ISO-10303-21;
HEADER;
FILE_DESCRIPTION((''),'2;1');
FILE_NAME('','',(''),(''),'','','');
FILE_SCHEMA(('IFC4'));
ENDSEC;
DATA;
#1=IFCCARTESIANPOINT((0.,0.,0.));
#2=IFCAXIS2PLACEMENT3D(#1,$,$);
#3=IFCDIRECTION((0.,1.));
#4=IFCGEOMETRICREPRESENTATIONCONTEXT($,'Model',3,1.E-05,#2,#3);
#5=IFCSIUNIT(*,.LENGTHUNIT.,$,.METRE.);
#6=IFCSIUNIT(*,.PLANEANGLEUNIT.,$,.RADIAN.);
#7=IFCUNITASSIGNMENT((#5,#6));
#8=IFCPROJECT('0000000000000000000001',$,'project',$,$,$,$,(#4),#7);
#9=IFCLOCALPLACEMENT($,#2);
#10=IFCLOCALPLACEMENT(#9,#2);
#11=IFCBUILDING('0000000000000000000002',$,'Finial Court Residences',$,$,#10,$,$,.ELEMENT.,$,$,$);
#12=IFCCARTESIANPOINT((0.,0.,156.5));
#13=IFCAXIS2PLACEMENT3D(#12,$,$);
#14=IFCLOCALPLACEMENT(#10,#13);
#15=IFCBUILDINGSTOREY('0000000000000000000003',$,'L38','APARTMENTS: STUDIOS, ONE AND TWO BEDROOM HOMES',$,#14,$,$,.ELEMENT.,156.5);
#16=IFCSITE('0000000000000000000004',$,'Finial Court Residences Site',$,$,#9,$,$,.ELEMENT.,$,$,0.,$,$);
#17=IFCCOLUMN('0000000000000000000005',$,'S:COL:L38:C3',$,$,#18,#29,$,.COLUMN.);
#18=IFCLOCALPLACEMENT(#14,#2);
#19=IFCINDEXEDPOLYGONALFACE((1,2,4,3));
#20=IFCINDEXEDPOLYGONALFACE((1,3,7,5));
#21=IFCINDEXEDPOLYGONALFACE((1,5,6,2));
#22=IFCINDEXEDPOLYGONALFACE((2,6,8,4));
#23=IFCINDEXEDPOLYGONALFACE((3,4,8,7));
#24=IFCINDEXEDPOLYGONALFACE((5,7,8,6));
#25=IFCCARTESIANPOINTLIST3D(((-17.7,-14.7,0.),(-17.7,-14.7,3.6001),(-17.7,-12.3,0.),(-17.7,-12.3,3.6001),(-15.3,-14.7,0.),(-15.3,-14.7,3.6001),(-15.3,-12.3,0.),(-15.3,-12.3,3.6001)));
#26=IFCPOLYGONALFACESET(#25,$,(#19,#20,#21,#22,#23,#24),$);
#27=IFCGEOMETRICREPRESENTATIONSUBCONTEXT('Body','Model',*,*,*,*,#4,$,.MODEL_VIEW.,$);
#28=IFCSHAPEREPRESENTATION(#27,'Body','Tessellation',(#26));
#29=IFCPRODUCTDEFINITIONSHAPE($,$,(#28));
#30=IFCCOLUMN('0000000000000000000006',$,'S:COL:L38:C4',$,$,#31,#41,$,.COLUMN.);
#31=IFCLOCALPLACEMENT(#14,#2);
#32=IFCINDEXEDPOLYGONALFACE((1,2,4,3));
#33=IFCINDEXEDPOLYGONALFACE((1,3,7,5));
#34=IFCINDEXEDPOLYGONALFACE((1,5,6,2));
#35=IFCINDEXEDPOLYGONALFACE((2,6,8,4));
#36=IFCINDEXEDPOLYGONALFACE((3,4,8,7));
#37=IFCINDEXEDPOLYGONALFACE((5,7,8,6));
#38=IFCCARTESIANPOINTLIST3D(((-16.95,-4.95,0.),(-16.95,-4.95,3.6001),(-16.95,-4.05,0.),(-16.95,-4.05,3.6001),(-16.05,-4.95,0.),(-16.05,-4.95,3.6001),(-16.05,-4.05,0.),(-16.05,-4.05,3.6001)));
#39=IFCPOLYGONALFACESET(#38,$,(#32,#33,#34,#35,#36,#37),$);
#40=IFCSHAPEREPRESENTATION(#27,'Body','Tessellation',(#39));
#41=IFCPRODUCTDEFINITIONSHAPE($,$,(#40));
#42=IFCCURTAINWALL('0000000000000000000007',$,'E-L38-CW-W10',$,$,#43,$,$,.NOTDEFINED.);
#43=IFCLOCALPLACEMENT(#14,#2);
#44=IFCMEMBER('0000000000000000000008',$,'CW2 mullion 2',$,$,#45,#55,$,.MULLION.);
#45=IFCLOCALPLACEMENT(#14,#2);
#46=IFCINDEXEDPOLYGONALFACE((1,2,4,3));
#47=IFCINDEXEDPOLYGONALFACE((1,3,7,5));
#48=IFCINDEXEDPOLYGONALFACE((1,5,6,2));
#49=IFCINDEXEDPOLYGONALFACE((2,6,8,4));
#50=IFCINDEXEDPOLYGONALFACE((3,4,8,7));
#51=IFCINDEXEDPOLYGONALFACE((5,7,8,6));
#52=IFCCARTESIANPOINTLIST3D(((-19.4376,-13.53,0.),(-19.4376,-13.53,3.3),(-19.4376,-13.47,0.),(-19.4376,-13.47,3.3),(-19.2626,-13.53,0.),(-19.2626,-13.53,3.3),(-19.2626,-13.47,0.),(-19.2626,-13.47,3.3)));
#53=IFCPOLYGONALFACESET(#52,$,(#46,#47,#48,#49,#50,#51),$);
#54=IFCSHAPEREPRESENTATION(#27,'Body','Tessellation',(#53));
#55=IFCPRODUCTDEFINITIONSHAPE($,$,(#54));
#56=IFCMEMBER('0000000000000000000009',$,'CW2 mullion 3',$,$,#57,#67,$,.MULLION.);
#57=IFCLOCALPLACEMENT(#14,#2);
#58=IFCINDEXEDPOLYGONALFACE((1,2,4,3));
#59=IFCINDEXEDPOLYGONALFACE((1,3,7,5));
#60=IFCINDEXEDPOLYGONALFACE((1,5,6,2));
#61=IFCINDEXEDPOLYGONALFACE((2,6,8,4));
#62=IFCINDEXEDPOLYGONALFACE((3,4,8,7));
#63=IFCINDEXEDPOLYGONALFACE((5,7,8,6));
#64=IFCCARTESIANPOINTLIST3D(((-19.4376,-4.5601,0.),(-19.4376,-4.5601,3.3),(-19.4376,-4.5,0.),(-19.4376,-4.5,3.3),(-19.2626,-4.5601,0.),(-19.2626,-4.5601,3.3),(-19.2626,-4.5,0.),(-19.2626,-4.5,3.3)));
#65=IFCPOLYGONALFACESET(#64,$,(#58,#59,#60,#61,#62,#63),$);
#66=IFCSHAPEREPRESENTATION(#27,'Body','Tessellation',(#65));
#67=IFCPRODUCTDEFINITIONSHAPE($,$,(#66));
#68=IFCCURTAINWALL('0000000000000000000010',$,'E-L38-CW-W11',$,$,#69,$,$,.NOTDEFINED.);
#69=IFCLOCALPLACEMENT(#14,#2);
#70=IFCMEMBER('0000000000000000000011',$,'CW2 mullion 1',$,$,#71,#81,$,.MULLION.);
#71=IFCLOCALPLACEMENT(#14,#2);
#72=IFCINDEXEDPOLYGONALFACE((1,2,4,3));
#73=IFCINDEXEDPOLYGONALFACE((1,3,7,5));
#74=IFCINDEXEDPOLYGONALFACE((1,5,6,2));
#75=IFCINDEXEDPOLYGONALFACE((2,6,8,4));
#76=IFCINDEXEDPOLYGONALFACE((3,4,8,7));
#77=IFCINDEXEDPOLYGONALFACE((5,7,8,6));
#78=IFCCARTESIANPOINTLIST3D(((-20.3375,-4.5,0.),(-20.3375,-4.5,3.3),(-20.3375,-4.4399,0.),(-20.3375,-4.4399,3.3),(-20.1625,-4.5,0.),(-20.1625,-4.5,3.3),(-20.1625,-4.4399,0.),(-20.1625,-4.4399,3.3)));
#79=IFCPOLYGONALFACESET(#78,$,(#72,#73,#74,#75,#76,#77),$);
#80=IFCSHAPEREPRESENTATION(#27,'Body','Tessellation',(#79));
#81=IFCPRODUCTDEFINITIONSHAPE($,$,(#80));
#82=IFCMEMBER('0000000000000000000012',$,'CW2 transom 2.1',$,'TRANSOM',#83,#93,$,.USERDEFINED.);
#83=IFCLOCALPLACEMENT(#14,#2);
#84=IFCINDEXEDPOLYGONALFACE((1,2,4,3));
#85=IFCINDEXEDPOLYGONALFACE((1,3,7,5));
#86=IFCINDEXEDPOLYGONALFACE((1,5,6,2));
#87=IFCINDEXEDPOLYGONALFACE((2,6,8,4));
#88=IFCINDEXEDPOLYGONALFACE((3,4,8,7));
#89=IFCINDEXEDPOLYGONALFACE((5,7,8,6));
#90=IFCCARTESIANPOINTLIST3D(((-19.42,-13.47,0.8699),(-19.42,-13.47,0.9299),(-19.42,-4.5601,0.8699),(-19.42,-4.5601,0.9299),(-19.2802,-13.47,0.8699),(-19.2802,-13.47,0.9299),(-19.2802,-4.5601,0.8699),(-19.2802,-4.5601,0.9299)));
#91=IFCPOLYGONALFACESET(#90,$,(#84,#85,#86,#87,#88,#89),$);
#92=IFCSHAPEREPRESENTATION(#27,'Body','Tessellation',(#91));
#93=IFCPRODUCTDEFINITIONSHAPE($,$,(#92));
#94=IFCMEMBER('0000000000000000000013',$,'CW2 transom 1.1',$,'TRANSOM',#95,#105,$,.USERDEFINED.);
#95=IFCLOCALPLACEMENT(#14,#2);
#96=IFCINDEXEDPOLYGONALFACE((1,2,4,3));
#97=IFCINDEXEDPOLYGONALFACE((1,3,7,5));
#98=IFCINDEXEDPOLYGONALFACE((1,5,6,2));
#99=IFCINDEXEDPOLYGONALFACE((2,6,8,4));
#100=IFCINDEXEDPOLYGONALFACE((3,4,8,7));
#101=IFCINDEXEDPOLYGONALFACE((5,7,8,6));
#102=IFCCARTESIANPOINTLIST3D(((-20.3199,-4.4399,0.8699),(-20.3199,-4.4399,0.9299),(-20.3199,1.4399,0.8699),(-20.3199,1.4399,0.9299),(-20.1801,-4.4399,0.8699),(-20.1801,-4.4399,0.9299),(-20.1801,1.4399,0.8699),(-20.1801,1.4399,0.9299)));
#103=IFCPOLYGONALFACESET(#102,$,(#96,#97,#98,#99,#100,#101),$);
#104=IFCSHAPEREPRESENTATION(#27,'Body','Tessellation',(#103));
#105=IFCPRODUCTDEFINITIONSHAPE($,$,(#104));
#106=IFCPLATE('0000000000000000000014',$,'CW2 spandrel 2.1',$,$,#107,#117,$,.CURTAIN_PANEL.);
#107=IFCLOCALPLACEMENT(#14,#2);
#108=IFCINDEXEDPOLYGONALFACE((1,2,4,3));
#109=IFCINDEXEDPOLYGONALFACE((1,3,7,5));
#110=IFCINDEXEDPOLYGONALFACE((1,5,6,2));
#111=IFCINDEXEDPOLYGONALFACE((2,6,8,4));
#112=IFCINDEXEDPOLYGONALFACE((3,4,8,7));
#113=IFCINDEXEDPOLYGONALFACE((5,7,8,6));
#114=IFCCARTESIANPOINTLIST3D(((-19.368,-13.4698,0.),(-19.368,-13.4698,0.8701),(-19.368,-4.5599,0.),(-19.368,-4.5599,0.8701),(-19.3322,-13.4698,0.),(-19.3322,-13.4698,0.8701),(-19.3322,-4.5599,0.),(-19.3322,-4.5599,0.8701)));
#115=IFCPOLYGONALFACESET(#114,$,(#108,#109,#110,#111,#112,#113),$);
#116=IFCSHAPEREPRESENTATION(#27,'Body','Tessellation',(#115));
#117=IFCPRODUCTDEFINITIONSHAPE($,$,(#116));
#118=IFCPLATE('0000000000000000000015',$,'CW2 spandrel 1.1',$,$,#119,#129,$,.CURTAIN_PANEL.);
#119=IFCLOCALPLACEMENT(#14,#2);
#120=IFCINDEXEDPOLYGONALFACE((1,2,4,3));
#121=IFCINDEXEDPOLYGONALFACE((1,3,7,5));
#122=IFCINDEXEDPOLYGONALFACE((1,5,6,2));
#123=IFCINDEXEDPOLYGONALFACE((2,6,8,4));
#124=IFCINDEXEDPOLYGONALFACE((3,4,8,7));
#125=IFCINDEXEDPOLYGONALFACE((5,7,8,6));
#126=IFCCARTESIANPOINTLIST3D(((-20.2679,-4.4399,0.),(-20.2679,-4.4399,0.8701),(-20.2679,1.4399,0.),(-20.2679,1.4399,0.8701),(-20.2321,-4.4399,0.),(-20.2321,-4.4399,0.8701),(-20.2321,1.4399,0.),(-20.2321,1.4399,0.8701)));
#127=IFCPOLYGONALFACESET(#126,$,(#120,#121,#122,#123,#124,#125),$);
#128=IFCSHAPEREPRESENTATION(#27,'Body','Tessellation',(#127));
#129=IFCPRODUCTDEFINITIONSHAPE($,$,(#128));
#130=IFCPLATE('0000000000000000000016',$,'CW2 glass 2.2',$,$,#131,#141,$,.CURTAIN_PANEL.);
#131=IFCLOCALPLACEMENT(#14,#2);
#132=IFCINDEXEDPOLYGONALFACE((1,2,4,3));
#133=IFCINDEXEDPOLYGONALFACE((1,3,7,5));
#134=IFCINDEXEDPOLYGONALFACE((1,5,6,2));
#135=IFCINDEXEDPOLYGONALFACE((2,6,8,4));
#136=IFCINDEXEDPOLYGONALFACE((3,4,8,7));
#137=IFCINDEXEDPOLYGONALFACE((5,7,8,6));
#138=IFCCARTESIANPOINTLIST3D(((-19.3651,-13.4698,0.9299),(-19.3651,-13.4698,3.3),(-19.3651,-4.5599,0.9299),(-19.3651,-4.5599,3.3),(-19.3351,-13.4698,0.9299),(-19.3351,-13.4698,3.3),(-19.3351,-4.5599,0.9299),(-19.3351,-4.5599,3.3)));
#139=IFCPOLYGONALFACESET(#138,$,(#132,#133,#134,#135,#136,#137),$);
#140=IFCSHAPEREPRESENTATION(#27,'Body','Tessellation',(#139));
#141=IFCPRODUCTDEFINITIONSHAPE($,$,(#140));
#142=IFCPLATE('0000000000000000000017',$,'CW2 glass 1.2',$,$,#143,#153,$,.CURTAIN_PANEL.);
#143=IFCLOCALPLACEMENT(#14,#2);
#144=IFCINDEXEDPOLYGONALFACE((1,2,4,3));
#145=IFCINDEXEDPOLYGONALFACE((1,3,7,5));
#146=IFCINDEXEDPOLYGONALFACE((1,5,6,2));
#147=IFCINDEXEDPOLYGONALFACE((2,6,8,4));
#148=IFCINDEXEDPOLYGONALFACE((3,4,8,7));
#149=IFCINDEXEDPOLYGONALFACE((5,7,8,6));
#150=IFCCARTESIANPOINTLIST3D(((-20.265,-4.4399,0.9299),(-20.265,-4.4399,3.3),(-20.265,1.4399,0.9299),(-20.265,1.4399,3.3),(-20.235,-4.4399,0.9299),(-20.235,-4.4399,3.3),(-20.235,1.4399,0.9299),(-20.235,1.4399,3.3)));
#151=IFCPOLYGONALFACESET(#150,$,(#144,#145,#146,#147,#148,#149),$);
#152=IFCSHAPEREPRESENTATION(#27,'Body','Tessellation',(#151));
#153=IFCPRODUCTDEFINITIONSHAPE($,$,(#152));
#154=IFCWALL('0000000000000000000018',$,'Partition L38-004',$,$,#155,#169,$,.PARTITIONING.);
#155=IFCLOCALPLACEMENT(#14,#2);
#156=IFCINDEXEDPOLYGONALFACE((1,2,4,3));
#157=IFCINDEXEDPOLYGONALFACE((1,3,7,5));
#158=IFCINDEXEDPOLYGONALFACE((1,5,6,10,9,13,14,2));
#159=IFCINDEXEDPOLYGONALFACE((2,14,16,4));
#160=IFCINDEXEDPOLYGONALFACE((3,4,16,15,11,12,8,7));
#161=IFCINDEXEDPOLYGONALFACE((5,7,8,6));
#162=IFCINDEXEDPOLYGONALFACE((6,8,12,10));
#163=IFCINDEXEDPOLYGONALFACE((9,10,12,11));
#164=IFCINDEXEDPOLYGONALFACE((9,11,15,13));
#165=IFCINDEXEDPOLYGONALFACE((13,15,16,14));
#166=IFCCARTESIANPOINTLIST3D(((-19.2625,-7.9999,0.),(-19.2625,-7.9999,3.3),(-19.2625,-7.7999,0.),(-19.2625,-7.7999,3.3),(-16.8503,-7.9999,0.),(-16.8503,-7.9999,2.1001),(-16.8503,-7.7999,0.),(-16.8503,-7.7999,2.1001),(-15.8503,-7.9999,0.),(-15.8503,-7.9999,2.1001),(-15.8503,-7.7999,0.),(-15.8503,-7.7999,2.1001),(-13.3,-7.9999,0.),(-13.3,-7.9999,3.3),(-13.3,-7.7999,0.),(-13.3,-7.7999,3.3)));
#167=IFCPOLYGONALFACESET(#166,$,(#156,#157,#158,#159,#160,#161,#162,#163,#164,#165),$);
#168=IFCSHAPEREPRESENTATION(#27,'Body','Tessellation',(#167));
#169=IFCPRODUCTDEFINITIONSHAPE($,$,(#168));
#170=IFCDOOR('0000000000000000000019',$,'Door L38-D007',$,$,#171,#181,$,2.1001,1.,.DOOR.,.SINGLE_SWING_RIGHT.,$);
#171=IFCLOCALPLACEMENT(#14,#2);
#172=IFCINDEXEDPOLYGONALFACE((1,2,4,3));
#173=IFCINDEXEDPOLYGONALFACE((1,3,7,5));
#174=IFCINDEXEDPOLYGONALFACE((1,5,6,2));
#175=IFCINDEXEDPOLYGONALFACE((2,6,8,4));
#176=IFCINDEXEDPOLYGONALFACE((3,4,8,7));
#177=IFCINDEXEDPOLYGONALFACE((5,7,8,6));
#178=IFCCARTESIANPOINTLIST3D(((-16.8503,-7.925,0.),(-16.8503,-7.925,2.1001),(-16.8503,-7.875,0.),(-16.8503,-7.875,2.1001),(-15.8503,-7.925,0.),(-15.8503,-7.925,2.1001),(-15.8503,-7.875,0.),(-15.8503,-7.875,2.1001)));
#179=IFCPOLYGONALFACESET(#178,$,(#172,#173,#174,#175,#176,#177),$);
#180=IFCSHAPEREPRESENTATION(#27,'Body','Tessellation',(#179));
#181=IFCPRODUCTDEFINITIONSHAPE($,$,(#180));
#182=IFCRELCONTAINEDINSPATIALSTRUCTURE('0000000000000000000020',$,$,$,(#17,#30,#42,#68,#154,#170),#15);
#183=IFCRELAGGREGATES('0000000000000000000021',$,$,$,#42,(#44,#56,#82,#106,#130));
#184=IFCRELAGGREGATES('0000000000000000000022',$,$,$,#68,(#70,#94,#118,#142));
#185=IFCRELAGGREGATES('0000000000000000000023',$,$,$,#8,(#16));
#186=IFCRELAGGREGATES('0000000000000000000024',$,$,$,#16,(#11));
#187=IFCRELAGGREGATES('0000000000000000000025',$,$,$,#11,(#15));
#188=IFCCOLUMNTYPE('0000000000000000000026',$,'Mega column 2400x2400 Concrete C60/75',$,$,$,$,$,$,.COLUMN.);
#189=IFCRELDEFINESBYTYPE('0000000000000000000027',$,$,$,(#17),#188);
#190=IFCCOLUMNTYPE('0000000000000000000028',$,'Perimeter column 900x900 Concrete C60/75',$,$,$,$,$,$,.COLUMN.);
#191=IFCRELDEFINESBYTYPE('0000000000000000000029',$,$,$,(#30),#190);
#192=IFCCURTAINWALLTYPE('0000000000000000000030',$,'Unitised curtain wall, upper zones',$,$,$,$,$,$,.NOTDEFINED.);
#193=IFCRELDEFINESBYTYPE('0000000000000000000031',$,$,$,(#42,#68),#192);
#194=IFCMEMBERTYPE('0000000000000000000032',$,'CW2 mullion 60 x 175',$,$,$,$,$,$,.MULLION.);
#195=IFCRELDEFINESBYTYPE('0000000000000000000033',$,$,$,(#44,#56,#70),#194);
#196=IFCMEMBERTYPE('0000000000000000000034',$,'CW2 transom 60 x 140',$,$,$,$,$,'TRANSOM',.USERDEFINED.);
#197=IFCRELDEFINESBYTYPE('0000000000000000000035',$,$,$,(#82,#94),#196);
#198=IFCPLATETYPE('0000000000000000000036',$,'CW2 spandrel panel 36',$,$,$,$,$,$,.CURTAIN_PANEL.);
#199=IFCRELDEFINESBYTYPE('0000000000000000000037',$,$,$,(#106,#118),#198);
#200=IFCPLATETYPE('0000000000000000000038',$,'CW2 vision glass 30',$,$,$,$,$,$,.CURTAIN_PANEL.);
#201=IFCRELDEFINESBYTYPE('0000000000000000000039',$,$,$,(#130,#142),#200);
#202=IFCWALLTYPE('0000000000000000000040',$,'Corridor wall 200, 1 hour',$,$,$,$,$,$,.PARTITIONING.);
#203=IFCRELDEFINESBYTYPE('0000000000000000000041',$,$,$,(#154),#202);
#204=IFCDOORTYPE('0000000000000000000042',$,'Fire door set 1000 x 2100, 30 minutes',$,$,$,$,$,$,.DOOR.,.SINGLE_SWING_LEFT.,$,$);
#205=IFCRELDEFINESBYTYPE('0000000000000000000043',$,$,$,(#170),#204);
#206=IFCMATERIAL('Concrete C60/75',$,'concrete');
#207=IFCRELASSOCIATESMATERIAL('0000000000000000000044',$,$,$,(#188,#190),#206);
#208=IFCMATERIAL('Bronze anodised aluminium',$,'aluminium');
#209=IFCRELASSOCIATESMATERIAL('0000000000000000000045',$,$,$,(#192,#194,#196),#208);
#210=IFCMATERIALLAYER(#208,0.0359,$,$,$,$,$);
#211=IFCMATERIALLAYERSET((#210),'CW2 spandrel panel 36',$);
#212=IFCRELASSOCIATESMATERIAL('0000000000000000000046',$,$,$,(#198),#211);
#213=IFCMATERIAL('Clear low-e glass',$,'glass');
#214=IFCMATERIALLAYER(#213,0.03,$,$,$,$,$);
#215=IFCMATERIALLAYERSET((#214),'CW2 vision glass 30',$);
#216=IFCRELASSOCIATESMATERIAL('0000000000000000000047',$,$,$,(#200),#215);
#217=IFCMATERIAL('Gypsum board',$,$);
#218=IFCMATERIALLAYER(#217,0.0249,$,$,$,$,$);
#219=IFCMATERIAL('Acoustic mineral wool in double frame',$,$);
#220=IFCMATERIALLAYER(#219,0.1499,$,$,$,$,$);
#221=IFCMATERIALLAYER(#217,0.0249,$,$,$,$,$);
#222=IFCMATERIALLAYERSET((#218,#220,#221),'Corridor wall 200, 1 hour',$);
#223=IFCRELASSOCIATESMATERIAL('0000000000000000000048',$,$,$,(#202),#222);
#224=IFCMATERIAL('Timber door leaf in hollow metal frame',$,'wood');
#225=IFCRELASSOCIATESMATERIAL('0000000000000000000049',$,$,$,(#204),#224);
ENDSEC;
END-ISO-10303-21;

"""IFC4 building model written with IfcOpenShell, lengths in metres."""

from ifc_helpers import new_model, si_unit, direction, frame, frame_2d, origin, origin_2d, place, context, subcontext, project, spatial, rectangle, extrude, material, layer, layer_set, material_profile, profile_set, type_object, element, fill, aggregate, save


model = new_model("IFC4")

# Units and contexts
model_context = context("Model", 3, precision=1e-05, world=origin(), true_north=direction((0.0, 1.0)))
body_context = subcontext(model_context, "Body", "Model", "MODEL_VIEW")
ifc_project = project(units=[si_unit("LENGTHUNIT", "METRE"), si_unit("PLANEANGLEUNIT", "RADIAN")], contexts=[model_context])

# Site, building, storey
site_placement = place(None, origin())
site = spatial("IfcSite", under=ifc_project, at=site_placement, Name="Finial Court Residences Site", CompositionType="ELEMENT", RefElevation=0.0)
building_placement = place(site_placement, origin())
building = spatial("IfcBuilding", under=site, at=building_placement, Name="Finial Court Residences", CompositionType="ELEMENT")
storey_placement = place(building_placement, frame((0.0, 0.0, 156.5)))
storey = spatial("IfcBuildingStorey", under=building, at=storey_placement, Name="L38", Description="APARTMENTS: STUDIOS, ONE AND TWO BEDROOM HOMES", CompositionType="ELEMENT", Elevation=156.5)

# Columns
ifc_material_1 = material(Name="Concrete C60/75", Category="concrete")
ifc_material_profile_1 = material_profile(ifc_material_1, rectangle(XDim=2.3999, YDim=2.3999, at=origin_2d()), Name="2400x2400")
ifc_profile_set_1 = profile_set([ifc_material_profile_1], Name="Concrete C60/75")
column_type_1 = type_object("IfcColumnType", Name="Mega column 2400x2400 Concrete C60/75", PredefinedType="COLUMN", material=ifc_profile_set_1)
column_1_placement = place(storey_placement, frame((-16.5, -13.5, 0.0), z_axis=(0.0, 0.0, 1.0), x_axis=(1.0, 0.0, 0.0)))
element("IfcColumn", 1, at=column_1_placement, inside=storey, type_object=column_type_1, Name="S:COL:L38:C3", PredefinedType="COLUMN", context=body_context, shape_type="SweptSolid", body=[
    extrude(rectangle(XDim=2.3999, YDim=2.3999, at=origin_2d()), origin(), (0.0, 0.0, 1.0), 3.6001),
])
ifc_material_profile_2 = material_profile(ifc_material_1, rectangle(XDim=0.8999, YDim=0.8999, at=origin_2d()), Name="900x900")
ifc_profile_set_2 = profile_set([ifc_material_profile_2], Name="Concrete C60/75")
column_type_2 = type_object("IfcColumnType", Name="Perimeter column 900x900 Concrete C60/75", PredefinedType="COLUMN", material=ifc_profile_set_2)
column_2_placement = place(storey_placement, frame((-16.5, -4.5, 0.0), z_axis=(0.0, 0.0, 1.0), x_axis=(1.0, 0.0, 0.0)))
element("IfcColumn", 2, at=column_2_placement, inside=storey, type_object=column_type_2, Name="S:COL:L38:C4", PredefinedType="COLUMN", context=body_context, shape_type="SweptSolid", body=[
    extrude(rectangle(XDim=0.8999, YDim=0.8999, at=origin_2d()), origin(), (0.0, 0.0, 1.0), 3.6001),
])

# Curtain wall, members
ifc_material_2 = material(Name="Bronze anodised aluminium", Category="aluminium")
curtain_wall_type = type_object("IfcCurtainWallType", Name="Unitised curtain wall, upper zones", PredefinedType="NOTDEFINED", material=ifc_material_2)
curtain_wall_1_placement = place(storey_placement, origin())
curtain_wall_1 = element("IfcCurtainWall", 3, at=curtain_wall_1_placement, inside=storey, type_object=curtain_wall_type, Name="E-L38-CW-W10", PredefinedType="NOTDEFINED")
ifc_material_profile_3 = material_profile(ifc_material_2, rectangle(XDim=0.175, YDim=0.0601, at=origin_2d()), Name="CW2 mullion 60 x 175")
ifc_profile_set_3 = profile_set([ifc_material_profile_3], Name="Bronze anodised aluminium")
member_type_1 = type_object("IfcMemberType", Name="CW2 mullion 60 x 175", PredefinedType="MULLION", material=ifc_profile_set_3)
member_1_placement = place(storey_placement, frame((-19.3501, -13.5, 0.0), z_axis=(0.0, 0.0, 1.0), x_axis=(-1.0, 0.0, 0.0)))
member_1 = element("IfcMember", 4, at=member_1_placement, type_object=member_type_1, Name="CW2 mullion 2", PredefinedType="MULLION", context=body_context, shape_type="SweptSolid", body=[
    extrude(rectangle(XDim=0.175, YDim=0.0601, at=origin_2d()), origin(), (0.0, 0.0, 1.0), 3.3),
])
member_2_placement = place(storey_placement, frame((-19.3501, -4.53, 0.0), z_axis=(0.0, 0.0, 1.0), x_axis=(-1.0, 0.0, 0.0)))
member_2 = element("IfcMember", 5, at=member_2_placement, type_object=member_type_1, Name="CW2 mullion 3", PredefinedType="MULLION", context=body_context, shape_type="SweptSolid", body=[
    extrude(rectangle(XDim=0.175, YDim=0.0601, at=origin_2d()), origin(), (0.0, 0.0, 1.0), 3.3),
])

# Curtain wall, member
curtain_wall_2_placement = place(storey_placement, origin())
curtain_wall_2 = element("IfcCurtainWall", 6, at=curtain_wall_2_placement, inside=storey, type_object=curtain_wall_type, Name="E-L38-CW-W11", PredefinedType="NOTDEFINED")
member_3_placement = place(storey_placement, frame((-20.25, -4.47, 0.0), z_axis=(0.0, 0.0, 1.0), x_axis=(-1.0, 0.0, 0.0)))
member_3 = element("IfcMember", 7, at=member_3_placement, type_object=member_type_1, Name="CW2 mullion 1", PredefinedType="MULLION", context=body_context, shape_type="SweptSolid", body=[
    extrude(rectangle(XDim=0.175, YDim=0.0601, at=origin_2d()), origin(), (0.0, 0.0, 1.0), 3.3),
])

# Members
ifc_material_profile_4 = material_profile(ifc_material_2, rectangle(XDim=0.1399, YDim=0.0601, at=origin_2d()), Name="CW2 transom 60 x 140")
ifc_profile_set_4 = profile_set([ifc_material_profile_4], Name="Bronze anodised aluminium")
member_type_2 = type_object("IfcMemberType", Name="CW2 transom 60 x 140", ElementType="TRANSOM", PredefinedType="USERDEFINED", material=ifc_profile_set_4)
member_4_placement = place(storey_placement, frame((-19.3501, -13.47, 0.8999), z_axis=(0.0, 1.0, 0.0), x_axis=(-1.0, 0.0, 0.0)))
member_4 = element("IfcMember", 8, at=member_4_placement, type_object=member_type_2, Name="CW2 transom 2.1", ObjectType="TRANSOM", PredefinedType="USERDEFINED", context=body_context, shape_type="SweptSolid", body=[
    extrude(rectangle(XDim=0.1399, YDim=0.0601, at=origin_2d()), origin(), (0.0, 0.0, 1.0), 8.9099),
])
member_5_placement = place(storey_placement, frame((-20.25, -4.4399, 0.8999), z_axis=(0.0, 1.0, 0.0), x_axis=(-1.0, 0.0, 0.0)))
member_5 = element("IfcMember", 9, at=member_5_placement, type_object=member_type_2, Name="CW2 transom 1.1", ObjectType="TRANSOM", PredefinedType="USERDEFINED", context=body_context, shape_type="SweptSolid", body=[
    extrude(rectangle(XDim=0.1399, YDim=0.0601, at=origin_2d()), origin(), (0.0, 0.0, 1.0), 5.8799),
])

# Plates
ifc_layer_1 = layer(ifc_material_2, 0.0359)
ifc_layer_set_1 = layer_set([ifc_layer_1], Name="CW2 spandrel panel 36")
plate_type_1 = type_object("IfcPlateType", Name="CW2 spandrel panel 36", PredefinedType="CURTAIN_PANEL", material=ifc_layer_set_1)
plate_1_placement = place(storey_placement, frame((-19.3501, -9.0149, 0.0), z_axis=(0.0, 0.0, 1.0), x_axis=(0.0, 1.0, 0.0)))
plate_1 = element("IfcPlate", 10, at=plate_1_placement, type_object=plate_type_1, Name="CW2 spandrel 2.1", PredefinedType="CURTAIN_PANEL", context=body_context, shape_type="SweptSolid", body=[
    extrude(rectangle(XDim=8.9099, YDim=0.0359, at=origin_2d()), origin(), (0.0, 0.0, 1.0), 0.8701),
])
plate_2_placement = place(storey_placement, frame((-20.25, -1.5, 0.0), z_axis=(0.0, 0.0, 1.0), x_axis=(0.0, 1.0, 0.0)))
plate_2 = element("IfcPlate", 11, at=plate_2_placement, type_object=plate_type_1, Name="CW2 spandrel 1.1", PredefinedType="CURTAIN_PANEL", context=body_context, shape_type="SweptSolid", body=[
    extrude(rectangle(XDim=5.8799, YDim=0.0359, at=origin_2d()), origin(), (0.0, 0.0, 1.0), 0.8701),
])
ifc_material_3 = material(Name="Clear low-e glass", Category="glass")
ifc_layer_2 = layer(ifc_material_3, 0.03)
ifc_layer_set_2 = layer_set([ifc_layer_2], Name="CW2 vision glass 30")
plate_type_2 = type_object("IfcPlateType", Name="CW2 vision glass 30", PredefinedType="CURTAIN_PANEL", material=ifc_layer_set_2)
plate_3_placement = place(storey_placement, frame((-19.3501, -9.0149, 0.9299), z_axis=(0.0, 0.0, 1.0), x_axis=(0.0, 1.0, 0.0)))
plate_3 = element("IfcPlate", 12, at=plate_3_placement, type_object=plate_type_2, Name="CW2 glass 2.2", PredefinedType="CURTAIN_PANEL", context=body_context, shape_type="SweptSolid", body=[
    extrude(rectangle(XDim=8.9099, YDim=0.03, at=origin_2d()), origin(), (0.0, 0.0, 1.0), 2.3701),
])
aggregate(curtain_wall_1, [member_1, member_2, member_4, plate_1, plate_3])
plate_4_placement = place(storey_placement, frame((-20.25, -1.5, 0.9299), z_axis=(0.0, 0.0, 1.0), x_axis=(0.0, 1.0, 0.0)))
plate_4 = element("IfcPlate", 13, at=plate_4_placement, type_object=plate_type_2, Name="CW2 glass 1.2", PredefinedType="CURTAIN_PANEL", context=body_context, shape_type="SweptSolid", body=[
    extrude(rectangle(XDim=5.8799, YDim=0.03, at=origin_2d()), origin(), (0.0, 0.0, 1.0), 2.3701),
])
aggregate(curtain_wall_2, [member_3, member_5, plate_2, plate_4])

# Wall, opening, door
ifc_material_4 = material(Name="Gypsum board")
ifc_layer_3 = layer(ifc_material_4, 0.0249)
ifc_material_5 = material(Name="Acoustic mineral wool in double frame")
ifc_layer_4 = layer(ifc_material_5, 0.1499)
ifc_layer_5 = layer(ifc_material_4, 0.0249)
ifc_layer_set_3 = layer_set([ifc_layer_3, ifc_layer_4, ifc_layer_5], Name="Corridor wall 200, 1 hour")
wall_type_1 = type_object("IfcWallType", Name="Corridor wall 200, 1 hour", PredefinedType="PARTITIONING", material=ifc_layer_set_3)
wall_1_placement = place(storey_placement, frame((-19.2625, -7.8999, 0.0), z_axis=(0.0, 0.0, 1.0), x_axis=(1.0, 0.0, 0.0)))
wall_1 = element("IfcWall", 14, at=wall_1_placement, inside=storey, type_object=wall_type_1, Name="Partition L38-004", PredefinedType="PARTITIONING", context=body_context, shape_type="SweptSolid", body=[
    extrude(rectangle(XDim=5.9624, YDim=0.2, at=frame_2d((2.9812, 0.0))), origin(), (0.0, 0.0, 1.0), 3.3),
])
opening_1_placement = place(wall_1_placement, frame((2.4121, 0.0, 0.0)))
opening_1 = element("IfcOpeningElement", 15, at=opening_1_placement, cuts=wall_1, PredefinedType="OPENING", context=body_context, shape_type="SweptSolid", body=[
    extrude(rectangle(XDim=1.0, YDim=2.1001, at=frame_2d((0.5, 1.05))), frame((0.0, 0.1099, 0.0), z_axis=(0.0, -1.0, 0.0), x_axis=(1.0, 0.0, 0.0)), (0.0, 0.0, 1.0), 0.22),
])
ifc_material_6 = material(Name="Timber door leaf in hollow metal frame", Category="wood")
door_type_1 = type_object("IfcDoorType", Name="Fire door set 1000 x 2100, 30 minutes", OperationType="SINGLE_SWING_LEFT", PredefinedType="DOOR", material=ifc_material_6)
door_1_placement = place(opening_1_placement, origin())
door_1 = element("IfcDoor", 16, at=door_1_placement, inside=storey, type_object=door_type_1, Name="Door L38-D007", OperationType="SINGLE_SWING_RIGHT", OverallHeight=2.1001, OverallWidth=1.0, PredefinedType="DOOR", context=body_context, shape_type="SweptSolid", body=[
    extrude(rectangle(XDim=1.0, YDim=2.1001, at=frame_2d((0.5, 1.05))), frame((0.0, 0.0249, 0.0), z_axis=(0.0, -1.0, 0.0), x_axis=(1.0, 0.0, 0.0)), (0.0, 0.0, 1.0), 0.05),
])
fill(opening_1, door_1)

save(model, "model.ifc")
